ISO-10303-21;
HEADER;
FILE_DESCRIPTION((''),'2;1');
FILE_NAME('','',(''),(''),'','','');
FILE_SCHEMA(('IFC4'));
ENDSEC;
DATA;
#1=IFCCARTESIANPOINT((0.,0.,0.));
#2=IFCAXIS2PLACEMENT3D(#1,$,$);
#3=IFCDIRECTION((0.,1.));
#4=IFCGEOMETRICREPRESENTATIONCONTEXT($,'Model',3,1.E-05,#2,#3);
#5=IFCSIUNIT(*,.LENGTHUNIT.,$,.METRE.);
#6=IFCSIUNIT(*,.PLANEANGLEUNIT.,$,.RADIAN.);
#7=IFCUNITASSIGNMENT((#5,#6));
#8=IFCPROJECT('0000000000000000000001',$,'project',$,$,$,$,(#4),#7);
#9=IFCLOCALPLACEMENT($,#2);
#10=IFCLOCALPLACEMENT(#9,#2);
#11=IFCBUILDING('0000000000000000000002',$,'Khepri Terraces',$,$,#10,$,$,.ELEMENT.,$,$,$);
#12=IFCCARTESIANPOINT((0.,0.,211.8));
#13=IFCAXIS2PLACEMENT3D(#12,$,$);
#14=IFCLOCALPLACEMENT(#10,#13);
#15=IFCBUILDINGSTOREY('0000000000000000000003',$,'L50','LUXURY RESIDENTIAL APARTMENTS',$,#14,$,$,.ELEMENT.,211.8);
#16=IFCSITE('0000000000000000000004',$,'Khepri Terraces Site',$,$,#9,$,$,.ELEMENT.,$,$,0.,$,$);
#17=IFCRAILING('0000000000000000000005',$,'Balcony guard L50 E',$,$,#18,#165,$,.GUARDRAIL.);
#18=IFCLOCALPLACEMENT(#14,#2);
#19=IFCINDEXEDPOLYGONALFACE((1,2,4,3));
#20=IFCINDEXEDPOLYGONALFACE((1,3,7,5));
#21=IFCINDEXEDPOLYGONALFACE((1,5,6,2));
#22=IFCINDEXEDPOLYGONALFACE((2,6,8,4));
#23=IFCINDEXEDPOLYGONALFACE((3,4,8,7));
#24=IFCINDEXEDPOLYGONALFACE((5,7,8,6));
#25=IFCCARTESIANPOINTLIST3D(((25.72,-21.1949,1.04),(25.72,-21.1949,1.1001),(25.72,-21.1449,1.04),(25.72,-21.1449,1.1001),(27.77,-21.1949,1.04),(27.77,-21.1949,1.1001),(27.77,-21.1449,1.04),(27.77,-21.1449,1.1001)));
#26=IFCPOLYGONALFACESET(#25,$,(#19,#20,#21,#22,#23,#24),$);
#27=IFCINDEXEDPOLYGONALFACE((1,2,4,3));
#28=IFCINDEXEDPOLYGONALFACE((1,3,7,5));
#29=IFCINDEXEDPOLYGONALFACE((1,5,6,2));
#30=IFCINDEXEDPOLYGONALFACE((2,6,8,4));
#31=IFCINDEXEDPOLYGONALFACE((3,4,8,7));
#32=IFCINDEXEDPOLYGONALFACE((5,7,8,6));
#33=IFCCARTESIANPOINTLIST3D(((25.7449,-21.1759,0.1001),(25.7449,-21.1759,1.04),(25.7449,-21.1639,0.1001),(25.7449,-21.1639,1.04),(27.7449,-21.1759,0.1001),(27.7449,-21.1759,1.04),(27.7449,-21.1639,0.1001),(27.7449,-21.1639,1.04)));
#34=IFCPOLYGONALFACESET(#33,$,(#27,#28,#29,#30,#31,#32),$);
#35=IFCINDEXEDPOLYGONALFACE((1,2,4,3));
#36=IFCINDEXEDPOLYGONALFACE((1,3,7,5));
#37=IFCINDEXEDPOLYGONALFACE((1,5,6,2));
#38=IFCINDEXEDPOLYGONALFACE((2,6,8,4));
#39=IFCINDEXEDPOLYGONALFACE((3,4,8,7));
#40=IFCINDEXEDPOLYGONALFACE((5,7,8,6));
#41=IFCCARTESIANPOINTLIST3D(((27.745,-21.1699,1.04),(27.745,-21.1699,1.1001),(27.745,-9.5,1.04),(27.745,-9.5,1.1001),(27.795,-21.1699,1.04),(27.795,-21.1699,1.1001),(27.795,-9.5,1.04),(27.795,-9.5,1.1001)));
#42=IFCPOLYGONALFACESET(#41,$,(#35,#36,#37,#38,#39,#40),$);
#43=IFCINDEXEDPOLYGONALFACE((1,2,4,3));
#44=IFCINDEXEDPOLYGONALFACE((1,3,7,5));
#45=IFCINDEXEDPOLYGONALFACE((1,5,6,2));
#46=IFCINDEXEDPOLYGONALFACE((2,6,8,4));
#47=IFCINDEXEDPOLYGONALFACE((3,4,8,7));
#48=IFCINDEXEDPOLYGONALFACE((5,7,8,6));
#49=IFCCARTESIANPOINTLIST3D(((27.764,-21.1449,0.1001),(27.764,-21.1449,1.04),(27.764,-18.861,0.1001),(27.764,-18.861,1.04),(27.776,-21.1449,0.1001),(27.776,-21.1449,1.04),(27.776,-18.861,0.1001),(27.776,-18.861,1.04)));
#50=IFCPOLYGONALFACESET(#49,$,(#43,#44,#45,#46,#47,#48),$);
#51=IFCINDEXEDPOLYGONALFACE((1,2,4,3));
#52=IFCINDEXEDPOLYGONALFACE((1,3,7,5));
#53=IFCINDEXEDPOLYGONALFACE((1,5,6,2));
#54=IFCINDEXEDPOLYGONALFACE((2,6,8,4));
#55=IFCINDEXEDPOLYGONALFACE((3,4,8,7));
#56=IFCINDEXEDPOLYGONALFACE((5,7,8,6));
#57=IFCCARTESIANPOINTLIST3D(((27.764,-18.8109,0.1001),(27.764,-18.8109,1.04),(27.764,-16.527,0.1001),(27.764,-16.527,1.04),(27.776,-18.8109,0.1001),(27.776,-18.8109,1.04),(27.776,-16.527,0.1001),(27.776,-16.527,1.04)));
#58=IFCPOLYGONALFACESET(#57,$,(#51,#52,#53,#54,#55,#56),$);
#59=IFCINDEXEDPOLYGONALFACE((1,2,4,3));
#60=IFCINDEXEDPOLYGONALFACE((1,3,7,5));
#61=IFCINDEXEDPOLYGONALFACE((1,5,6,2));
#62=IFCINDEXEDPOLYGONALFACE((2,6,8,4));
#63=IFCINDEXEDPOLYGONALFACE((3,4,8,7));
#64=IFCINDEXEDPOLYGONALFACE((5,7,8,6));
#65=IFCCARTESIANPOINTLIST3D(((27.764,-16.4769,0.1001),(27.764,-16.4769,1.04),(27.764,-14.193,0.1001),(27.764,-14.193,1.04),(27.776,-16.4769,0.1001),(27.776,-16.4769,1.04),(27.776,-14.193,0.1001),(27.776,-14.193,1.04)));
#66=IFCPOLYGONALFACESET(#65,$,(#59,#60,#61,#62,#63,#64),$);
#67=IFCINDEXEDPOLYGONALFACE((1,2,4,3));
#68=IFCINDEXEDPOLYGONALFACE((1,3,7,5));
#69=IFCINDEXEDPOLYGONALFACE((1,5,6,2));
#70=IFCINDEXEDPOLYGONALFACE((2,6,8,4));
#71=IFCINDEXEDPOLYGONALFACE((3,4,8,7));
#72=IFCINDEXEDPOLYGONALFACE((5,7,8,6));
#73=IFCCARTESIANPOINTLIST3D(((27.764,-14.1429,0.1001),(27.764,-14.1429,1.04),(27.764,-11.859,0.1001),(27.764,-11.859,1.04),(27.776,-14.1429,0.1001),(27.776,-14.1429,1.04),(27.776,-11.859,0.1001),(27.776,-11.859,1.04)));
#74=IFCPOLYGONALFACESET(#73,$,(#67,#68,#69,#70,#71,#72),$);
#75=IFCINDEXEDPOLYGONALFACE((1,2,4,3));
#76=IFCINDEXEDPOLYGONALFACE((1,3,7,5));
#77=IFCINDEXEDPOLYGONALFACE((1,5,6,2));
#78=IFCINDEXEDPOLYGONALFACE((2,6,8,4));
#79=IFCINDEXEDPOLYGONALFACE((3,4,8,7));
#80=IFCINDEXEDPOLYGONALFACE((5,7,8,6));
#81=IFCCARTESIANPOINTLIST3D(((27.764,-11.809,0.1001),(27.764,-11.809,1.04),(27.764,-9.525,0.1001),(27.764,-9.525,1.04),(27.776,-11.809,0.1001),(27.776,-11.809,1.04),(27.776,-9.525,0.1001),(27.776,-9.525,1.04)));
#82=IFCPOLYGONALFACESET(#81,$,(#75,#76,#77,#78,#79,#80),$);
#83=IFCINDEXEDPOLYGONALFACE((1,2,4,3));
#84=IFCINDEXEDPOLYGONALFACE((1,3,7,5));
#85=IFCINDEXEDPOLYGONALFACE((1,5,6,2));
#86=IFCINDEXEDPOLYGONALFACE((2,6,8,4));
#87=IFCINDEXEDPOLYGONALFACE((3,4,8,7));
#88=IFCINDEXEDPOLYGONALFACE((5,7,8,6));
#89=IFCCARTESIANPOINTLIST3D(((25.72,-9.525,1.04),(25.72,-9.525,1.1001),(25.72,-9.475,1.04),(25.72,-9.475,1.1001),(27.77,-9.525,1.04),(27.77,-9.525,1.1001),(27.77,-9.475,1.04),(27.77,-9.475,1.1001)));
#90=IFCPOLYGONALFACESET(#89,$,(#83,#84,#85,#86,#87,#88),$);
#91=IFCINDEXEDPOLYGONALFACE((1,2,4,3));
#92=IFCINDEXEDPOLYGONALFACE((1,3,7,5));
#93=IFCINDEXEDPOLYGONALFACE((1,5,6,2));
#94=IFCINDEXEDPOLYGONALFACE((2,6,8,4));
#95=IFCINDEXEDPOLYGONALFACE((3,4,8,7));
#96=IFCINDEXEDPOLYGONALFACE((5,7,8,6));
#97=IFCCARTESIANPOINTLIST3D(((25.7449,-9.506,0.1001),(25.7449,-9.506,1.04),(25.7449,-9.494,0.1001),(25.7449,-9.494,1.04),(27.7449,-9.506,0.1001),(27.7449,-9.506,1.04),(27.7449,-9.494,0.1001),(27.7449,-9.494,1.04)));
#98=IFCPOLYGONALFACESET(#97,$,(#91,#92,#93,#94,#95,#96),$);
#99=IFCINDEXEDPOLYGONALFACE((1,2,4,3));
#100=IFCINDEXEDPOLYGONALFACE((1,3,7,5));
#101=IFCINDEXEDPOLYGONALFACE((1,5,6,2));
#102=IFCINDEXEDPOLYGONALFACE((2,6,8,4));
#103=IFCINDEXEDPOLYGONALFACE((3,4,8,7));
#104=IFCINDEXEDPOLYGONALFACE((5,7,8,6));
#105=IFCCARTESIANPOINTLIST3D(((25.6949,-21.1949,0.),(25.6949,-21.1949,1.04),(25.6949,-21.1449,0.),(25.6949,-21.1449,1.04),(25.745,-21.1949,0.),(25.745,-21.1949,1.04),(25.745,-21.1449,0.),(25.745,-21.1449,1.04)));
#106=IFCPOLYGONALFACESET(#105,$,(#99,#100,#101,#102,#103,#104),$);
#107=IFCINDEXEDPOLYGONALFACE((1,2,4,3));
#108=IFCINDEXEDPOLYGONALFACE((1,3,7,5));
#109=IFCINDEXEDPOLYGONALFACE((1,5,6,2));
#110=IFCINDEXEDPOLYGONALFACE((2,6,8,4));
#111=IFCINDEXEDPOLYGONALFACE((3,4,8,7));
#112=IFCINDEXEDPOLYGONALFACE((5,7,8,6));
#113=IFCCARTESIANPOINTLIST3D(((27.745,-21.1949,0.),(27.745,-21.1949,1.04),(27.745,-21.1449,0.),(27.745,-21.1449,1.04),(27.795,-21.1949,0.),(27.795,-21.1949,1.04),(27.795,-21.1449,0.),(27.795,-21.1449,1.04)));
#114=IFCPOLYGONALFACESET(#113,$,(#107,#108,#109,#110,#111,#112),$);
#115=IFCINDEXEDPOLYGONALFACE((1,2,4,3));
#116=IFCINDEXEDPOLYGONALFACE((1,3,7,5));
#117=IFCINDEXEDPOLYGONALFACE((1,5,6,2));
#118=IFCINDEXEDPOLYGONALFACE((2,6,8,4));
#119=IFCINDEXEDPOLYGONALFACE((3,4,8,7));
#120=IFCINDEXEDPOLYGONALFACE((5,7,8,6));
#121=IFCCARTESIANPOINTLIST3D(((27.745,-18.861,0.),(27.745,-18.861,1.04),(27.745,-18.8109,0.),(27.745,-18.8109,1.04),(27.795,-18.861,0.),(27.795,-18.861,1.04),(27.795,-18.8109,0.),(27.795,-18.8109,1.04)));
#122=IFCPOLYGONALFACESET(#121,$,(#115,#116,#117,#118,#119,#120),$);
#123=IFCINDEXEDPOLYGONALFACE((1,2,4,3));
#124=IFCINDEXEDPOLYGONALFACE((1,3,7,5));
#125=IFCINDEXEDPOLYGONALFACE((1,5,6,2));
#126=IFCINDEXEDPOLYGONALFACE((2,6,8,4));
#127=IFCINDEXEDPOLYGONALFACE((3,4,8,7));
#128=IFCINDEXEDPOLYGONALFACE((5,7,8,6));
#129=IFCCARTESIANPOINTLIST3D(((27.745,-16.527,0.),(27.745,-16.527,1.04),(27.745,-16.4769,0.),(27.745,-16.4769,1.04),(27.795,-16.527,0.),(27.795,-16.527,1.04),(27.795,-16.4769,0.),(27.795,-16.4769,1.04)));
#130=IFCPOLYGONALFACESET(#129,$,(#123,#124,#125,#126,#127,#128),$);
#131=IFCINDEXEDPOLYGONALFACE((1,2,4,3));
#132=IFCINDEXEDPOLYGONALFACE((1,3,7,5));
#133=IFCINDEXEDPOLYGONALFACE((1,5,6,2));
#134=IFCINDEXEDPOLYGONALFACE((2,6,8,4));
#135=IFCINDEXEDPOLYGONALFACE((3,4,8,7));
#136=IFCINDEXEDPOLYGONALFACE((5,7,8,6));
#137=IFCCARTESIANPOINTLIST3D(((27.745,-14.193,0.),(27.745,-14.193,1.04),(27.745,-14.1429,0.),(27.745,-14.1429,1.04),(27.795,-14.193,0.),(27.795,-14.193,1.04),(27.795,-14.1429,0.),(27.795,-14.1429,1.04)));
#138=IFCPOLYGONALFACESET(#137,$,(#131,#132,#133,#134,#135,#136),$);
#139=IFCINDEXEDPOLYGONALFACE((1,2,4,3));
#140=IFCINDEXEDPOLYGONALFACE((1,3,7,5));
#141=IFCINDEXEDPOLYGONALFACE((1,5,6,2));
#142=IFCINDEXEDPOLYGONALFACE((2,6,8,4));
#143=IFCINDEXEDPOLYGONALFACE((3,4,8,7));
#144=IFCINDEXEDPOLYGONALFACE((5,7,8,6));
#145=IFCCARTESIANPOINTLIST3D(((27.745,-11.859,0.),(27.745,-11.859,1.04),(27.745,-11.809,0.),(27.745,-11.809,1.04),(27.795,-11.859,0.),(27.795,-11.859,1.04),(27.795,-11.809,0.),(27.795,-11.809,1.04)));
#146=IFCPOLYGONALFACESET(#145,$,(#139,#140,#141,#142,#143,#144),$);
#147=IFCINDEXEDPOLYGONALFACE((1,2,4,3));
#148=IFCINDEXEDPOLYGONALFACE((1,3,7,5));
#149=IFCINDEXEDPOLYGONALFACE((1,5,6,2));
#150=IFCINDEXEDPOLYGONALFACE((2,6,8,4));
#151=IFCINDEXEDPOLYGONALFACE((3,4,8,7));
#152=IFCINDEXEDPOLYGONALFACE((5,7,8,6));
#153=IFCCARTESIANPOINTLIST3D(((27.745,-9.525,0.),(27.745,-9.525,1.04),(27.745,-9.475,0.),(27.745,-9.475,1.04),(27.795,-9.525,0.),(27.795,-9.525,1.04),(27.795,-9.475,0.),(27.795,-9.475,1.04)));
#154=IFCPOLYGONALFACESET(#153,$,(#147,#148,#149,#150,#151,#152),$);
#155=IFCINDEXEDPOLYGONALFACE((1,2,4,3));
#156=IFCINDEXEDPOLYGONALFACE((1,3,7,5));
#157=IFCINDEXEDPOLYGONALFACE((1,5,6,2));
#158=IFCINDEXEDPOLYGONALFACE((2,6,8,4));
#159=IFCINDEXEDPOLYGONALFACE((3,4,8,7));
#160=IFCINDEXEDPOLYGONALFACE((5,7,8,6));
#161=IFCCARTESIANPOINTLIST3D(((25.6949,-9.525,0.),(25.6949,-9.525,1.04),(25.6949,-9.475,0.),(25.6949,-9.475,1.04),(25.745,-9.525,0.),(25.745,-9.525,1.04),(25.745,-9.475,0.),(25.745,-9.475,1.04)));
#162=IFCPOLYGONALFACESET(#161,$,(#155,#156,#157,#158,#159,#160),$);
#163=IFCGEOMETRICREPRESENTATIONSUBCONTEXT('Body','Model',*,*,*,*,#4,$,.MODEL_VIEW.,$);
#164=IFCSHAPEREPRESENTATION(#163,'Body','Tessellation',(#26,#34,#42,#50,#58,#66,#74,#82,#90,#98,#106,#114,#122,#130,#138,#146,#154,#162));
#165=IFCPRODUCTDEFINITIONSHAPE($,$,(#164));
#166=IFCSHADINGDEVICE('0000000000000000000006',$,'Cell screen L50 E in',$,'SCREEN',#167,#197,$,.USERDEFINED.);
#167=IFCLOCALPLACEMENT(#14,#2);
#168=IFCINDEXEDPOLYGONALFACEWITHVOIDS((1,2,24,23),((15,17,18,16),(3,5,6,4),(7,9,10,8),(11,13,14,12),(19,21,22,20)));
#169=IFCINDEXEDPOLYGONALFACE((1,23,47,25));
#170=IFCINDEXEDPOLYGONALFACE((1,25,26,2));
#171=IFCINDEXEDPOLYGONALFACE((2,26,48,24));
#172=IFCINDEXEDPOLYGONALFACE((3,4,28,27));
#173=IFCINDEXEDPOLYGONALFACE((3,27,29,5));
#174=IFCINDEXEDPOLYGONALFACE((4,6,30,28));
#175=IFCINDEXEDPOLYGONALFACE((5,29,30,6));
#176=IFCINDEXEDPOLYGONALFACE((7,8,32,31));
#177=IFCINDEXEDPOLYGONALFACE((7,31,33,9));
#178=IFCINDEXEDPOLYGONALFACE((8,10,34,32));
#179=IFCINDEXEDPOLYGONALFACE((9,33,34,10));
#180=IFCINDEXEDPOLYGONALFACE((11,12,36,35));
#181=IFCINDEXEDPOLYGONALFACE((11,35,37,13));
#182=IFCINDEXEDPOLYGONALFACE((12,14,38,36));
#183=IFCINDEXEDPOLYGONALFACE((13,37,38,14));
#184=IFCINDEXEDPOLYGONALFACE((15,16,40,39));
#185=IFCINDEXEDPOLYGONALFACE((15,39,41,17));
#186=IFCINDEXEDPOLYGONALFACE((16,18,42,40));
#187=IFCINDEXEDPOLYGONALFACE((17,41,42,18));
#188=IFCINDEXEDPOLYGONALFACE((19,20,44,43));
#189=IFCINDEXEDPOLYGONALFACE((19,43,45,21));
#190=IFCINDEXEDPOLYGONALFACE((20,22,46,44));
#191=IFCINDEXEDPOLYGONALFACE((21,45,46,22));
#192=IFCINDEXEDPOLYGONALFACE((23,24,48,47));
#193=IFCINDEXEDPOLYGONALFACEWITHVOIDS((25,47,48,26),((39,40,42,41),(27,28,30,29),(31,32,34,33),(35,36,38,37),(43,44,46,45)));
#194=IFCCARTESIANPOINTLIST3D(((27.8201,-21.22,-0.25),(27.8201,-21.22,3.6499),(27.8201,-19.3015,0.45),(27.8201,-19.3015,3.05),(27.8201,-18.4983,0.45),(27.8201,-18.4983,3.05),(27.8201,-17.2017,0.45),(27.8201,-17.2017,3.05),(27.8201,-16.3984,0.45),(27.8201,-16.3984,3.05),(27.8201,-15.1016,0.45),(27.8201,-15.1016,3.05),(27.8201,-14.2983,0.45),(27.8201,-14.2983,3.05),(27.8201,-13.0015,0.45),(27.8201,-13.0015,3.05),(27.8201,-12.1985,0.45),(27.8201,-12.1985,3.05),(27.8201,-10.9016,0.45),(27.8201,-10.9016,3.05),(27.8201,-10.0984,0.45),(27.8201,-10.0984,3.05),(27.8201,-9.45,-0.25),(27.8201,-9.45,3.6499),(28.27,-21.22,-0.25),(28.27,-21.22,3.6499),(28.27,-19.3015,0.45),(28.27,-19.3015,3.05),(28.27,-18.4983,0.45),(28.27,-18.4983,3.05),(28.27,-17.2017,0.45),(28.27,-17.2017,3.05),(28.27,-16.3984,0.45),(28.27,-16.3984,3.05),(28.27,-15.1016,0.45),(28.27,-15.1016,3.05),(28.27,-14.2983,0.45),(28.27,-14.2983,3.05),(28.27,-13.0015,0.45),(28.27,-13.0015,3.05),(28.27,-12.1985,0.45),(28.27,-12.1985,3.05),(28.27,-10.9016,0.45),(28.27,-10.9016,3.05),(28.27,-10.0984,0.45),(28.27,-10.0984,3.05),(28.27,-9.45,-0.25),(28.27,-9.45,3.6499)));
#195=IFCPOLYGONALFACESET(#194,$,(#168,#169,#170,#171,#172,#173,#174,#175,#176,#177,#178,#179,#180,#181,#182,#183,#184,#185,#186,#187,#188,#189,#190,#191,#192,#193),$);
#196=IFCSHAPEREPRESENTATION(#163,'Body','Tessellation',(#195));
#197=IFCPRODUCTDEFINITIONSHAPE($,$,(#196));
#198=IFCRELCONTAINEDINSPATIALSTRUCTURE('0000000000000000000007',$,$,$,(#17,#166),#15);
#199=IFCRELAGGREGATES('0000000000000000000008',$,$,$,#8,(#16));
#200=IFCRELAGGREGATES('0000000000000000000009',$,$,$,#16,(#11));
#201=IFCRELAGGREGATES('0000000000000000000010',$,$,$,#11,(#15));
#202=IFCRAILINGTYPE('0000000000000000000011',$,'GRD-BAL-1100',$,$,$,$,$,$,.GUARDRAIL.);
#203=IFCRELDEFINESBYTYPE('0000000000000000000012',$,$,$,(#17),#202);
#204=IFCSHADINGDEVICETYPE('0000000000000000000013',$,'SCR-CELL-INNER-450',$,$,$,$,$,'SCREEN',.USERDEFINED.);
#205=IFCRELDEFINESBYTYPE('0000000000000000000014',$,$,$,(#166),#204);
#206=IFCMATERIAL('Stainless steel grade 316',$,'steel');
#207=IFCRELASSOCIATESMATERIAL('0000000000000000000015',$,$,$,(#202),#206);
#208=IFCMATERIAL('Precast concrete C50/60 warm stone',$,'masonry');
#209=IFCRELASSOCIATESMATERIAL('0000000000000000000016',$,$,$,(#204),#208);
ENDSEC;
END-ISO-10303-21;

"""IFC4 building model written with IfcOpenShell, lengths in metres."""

from ifc_helpers import new_model, si_unit, direction, frame, origin, origin_2d, place, context, subcontext, project, spatial, polyline, rectangle, outline, extrude, material, type_object, element, save


model = new_model("IFC4")

# Units and contexts
model_context = context("Model", 3, precision=1e-05, world=origin(), true_north=direction((0.0, 1.0)))
body_context = subcontext(model_context, "Body", "Model", "MODEL_VIEW")
ifc_project = project(units=[si_unit("LENGTHUNIT", "METRE"), si_unit("PLANEANGLEUNIT", "RADIAN")], contexts=[model_context])

# Site, building, storey
site_placement = place(None, origin())
site = spatial("IfcSite", under=ifc_project, at=site_placement, Name="Khepri Terraces Site", CompositionType="ELEMENT", RefElevation=0.0)
building_placement = place(site_placement, origin())
building = spatial("IfcBuilding", under=site, at=building_placement, Name="Khepri Terraces", CompositionType="ELEMENT")
storey_placement = place(building_placement, frame((0.0, 0.0, 211.8)))
storey = spatial("IfcBuildingStorey", under=building, at=storey_placement, Name="L50", Description="LUXURY RESIDENTIAL APARTMENTS", CompositionType="ELEMENT", Elevation=211.8)

# Shared definitions
ifc_material_1 = material(Name="Precast concrete C50/60 warm stone", Category="masonry")

# Railing
ifc_material_2 = material(Name="Stainless steel grade 316", Category="steel")
railing_type = type_object("IfcRailingType", Name="GRD-BAL-1100", PredefinedType="GUARDRAIL", material=ifc_material_2)
railing_placement = place(storey_placement, frame((25.72, -21.1699, 0.0)))
element("IfcRailing", 1, at=railing_placement, inside=storey, type_object=railing_type, Name="Balcony guard L50 E", PredefinedType="GUARDRAIL", context=body_context, shape_type="SweptSolid", body=[
    extrude(rectangle(XDim=0.05, YDim=0.0601, at=origin_2d()), frame((0.0, 0.0, 1.0701), z_axis=(1.0, 0.0, 0.0), x_axis=(0.0, 1.0, 0.0)), (0.0, 0.0, 1.0), 2.05),
    extrude(rectangle(XDim=2.0, YDim=0.012, at=origin_2d()), frame((1.0249, 0.0, 0.1001), z_axis=(0.0, 0.0, 1.0), x_axis=(1.0, 0.0, 0.0)), (0.0, 0.0, 1.0), 0.9399),
    extrude(rectangle(XDim=0.05, YDim=0.0601, at=origin_2d()), frame((2.05, 0.0, 1.0701), z_axis=(0.0, 1.0, 0.0), x_axis=(-1.0, 0.0, 0.0)), (0.0, 0.0, 1.0), 11.6699),
    extrude(rectangle(XDim=2.2839, YDim=0.012, at=origin_2d()), frame((2.05, 1.167, 0.1001), z_axis=(0.0, 0.0, 1.0), x_axis=(0.0, 1.0, 0.0)), (0.0, 0.0, 1.0), 0.9399),
    extrude(rectangle(XDim=2.2839, YDim=0.012, at=origin_2d()), frame((2.05, 3.501, 0.1001), z_axis=(0.0, 0.0, 1.0), x_axis=(0.0, 1.0, 0.0)), (0.0, 0.0, 1.0), 0.9399),
    extrude(rectangle(XDim=2.2839, YDim=0.012, at=origin_2d()), frame((2.05, 5.835, 0.1001), z_axis=(0.0, 0.0, 1.0), x_axis=(0.0, 1.0, 0.0)), (0.0, 0.0, 1.0), 0.9399),
    extrude(rectangle(XDim=2.2839, YDim=0.012, at=origin_2d()), frame((2.05, 8.1689, 0.1001), z_axis=(0.0, 0.0, 1.0), x_axis=(0.0, 1.0, 0.0)), (0.0, 0.0, 1.0), 0.9399),
    extrude(rectangle(XDim=2.2839, YDim=0.012, at=origin_2d()), frame((2.05, 10.5029, 0.1001), z_axis=(0.0, 0.0, 1.0), x_axis=(0.0, 1.0, 0.0)), (0.0, 0.0, 1.0), 0.9399),
    extrude(rectangle(XDim=0.05, YDim=0.0601, at=origin_2d()), frame((2.05, 11.6699, 1.0701), z_axis=(-1.0, 0.0, 0.0), x_axis=(0.0, -1.0, 0.0)), (0.0, 0.0, 1.0), 2.05),
    extrude(rectangle(XDim=2.0, YDim=0.012, at=origin_2d()), frame((1.0249, 11.6699, 0.1001), z_axis=(0.0, 0.0, 1.0), x_axis=(-1.0, 0.0, 0.0)), (0.0, 0.0, 1.0), 0.9399),
    extrude(rectangle(XDim=0.05, YDim=0.05, at=origin_2d()), origin(), (0.0, 0.0, 1.0), 1.04),
    extrude(rectangle(XDim=0.05, YDim=0.05, at=origin_2d()), frame((2.05, 0.0, 0.0)), (0.0, 0.0, 1.0), 1.04),
    extrude(rectangle(XDim=0.05, YDim=0.05, at=origin_2d()), frame((2.05, 2.334, 0.0)), (0.0, 0.0, 1.0), 1.04),
    extrude(rectangle(XDim=0.05, YDim=0.05, at=origin_2d()), frame((2.05, 4.668, 0.0)), (0.0, 0.0, 1.0), 1.04),
    extrude(rectangle(XDim=0.05, YDim=0.05, at=origin_2d()), frame((2.05, 7.002, 0.0)), (0.0, 0.0, 1.0), 1.04),
    extrude(rectangle(XDim=0.05, YDim=0.05, at=origin_2d()), frame((2.05, 9.3359, 0.0)), (0.0, 0.0, 1.0), 1.04),
    extrude(rectangle(XDim=0.05, YDim=0.05, at=origin_2d()), frame((2.05, 11.6699, 0.0)), (0.0, 0.0, 1.0), 1.04),
    extrude(rectangle(XDim=0.05, YDim=0.05, at=origin_2d()), frame((0.0, 11.6699, 0.0)), (0.0, 0.0, 1.0), 1.04),
])

# Shading device
shading_device_type_1 = type_object("IfcShadingDeviceType", Name="SCR-CELL-INNER-450", ElementType="SCREEN", PredefinedType="USERDEFINED", material=ifc_material_1)
shading_device_1_placement = place(storey_placement, frame((27.8201, -21.22, -0.25), z_axis=(1.0, 0.0, 0.0), x_axis=(0.0, 1.0, 0.0)))
element("IfcShadingDevice", 2, at=shading_device_1_placement, inside=storey, type_object=shading_device_type_1, Name="Cell screen L50 E in", ObjectType="SCREEN", PredefinedType="USERDEFINED", context=body_context, shape_type="SweptSolid", body=[
    extrude(outline(polyline([(0.0, 0.0), (11.77, 0.0), (11.77, 3.8999), (0.0, 3.8999), (0.0, 0.0)]), holes=[polyline([(1.9185, 0.7), (2.7217, 0.7), (2.7217, 3.3), (1.9185, 3.3), (1.9185, 0.7)]), polyline([(4.0183, 0.7), (4.8215, 0.7), (4.8215, 3.3), (4.0183, 3.3), (4.0183, 0.7)]), polyline([(6.1184, 0.7), (6.9216, 0.7), (6.9216, 3.3), (6.1184, 3.3), (6.1184, 0.7)]), polyline([(8.2185, 0.7), (9.0215, 0.7), (9.0215, 3.3), (8.2185, 3.3), (8.2185, 0.7)]), polyline([(10.3184, 0.7), (11.1216, 0.7), (11.1216, 3.3), (10.3184, 3.3), (10.3184, 0.7)])]), origin(), (0.0, 0.0, 1.0), 0.45),
])

save(model, "model.ifc")
